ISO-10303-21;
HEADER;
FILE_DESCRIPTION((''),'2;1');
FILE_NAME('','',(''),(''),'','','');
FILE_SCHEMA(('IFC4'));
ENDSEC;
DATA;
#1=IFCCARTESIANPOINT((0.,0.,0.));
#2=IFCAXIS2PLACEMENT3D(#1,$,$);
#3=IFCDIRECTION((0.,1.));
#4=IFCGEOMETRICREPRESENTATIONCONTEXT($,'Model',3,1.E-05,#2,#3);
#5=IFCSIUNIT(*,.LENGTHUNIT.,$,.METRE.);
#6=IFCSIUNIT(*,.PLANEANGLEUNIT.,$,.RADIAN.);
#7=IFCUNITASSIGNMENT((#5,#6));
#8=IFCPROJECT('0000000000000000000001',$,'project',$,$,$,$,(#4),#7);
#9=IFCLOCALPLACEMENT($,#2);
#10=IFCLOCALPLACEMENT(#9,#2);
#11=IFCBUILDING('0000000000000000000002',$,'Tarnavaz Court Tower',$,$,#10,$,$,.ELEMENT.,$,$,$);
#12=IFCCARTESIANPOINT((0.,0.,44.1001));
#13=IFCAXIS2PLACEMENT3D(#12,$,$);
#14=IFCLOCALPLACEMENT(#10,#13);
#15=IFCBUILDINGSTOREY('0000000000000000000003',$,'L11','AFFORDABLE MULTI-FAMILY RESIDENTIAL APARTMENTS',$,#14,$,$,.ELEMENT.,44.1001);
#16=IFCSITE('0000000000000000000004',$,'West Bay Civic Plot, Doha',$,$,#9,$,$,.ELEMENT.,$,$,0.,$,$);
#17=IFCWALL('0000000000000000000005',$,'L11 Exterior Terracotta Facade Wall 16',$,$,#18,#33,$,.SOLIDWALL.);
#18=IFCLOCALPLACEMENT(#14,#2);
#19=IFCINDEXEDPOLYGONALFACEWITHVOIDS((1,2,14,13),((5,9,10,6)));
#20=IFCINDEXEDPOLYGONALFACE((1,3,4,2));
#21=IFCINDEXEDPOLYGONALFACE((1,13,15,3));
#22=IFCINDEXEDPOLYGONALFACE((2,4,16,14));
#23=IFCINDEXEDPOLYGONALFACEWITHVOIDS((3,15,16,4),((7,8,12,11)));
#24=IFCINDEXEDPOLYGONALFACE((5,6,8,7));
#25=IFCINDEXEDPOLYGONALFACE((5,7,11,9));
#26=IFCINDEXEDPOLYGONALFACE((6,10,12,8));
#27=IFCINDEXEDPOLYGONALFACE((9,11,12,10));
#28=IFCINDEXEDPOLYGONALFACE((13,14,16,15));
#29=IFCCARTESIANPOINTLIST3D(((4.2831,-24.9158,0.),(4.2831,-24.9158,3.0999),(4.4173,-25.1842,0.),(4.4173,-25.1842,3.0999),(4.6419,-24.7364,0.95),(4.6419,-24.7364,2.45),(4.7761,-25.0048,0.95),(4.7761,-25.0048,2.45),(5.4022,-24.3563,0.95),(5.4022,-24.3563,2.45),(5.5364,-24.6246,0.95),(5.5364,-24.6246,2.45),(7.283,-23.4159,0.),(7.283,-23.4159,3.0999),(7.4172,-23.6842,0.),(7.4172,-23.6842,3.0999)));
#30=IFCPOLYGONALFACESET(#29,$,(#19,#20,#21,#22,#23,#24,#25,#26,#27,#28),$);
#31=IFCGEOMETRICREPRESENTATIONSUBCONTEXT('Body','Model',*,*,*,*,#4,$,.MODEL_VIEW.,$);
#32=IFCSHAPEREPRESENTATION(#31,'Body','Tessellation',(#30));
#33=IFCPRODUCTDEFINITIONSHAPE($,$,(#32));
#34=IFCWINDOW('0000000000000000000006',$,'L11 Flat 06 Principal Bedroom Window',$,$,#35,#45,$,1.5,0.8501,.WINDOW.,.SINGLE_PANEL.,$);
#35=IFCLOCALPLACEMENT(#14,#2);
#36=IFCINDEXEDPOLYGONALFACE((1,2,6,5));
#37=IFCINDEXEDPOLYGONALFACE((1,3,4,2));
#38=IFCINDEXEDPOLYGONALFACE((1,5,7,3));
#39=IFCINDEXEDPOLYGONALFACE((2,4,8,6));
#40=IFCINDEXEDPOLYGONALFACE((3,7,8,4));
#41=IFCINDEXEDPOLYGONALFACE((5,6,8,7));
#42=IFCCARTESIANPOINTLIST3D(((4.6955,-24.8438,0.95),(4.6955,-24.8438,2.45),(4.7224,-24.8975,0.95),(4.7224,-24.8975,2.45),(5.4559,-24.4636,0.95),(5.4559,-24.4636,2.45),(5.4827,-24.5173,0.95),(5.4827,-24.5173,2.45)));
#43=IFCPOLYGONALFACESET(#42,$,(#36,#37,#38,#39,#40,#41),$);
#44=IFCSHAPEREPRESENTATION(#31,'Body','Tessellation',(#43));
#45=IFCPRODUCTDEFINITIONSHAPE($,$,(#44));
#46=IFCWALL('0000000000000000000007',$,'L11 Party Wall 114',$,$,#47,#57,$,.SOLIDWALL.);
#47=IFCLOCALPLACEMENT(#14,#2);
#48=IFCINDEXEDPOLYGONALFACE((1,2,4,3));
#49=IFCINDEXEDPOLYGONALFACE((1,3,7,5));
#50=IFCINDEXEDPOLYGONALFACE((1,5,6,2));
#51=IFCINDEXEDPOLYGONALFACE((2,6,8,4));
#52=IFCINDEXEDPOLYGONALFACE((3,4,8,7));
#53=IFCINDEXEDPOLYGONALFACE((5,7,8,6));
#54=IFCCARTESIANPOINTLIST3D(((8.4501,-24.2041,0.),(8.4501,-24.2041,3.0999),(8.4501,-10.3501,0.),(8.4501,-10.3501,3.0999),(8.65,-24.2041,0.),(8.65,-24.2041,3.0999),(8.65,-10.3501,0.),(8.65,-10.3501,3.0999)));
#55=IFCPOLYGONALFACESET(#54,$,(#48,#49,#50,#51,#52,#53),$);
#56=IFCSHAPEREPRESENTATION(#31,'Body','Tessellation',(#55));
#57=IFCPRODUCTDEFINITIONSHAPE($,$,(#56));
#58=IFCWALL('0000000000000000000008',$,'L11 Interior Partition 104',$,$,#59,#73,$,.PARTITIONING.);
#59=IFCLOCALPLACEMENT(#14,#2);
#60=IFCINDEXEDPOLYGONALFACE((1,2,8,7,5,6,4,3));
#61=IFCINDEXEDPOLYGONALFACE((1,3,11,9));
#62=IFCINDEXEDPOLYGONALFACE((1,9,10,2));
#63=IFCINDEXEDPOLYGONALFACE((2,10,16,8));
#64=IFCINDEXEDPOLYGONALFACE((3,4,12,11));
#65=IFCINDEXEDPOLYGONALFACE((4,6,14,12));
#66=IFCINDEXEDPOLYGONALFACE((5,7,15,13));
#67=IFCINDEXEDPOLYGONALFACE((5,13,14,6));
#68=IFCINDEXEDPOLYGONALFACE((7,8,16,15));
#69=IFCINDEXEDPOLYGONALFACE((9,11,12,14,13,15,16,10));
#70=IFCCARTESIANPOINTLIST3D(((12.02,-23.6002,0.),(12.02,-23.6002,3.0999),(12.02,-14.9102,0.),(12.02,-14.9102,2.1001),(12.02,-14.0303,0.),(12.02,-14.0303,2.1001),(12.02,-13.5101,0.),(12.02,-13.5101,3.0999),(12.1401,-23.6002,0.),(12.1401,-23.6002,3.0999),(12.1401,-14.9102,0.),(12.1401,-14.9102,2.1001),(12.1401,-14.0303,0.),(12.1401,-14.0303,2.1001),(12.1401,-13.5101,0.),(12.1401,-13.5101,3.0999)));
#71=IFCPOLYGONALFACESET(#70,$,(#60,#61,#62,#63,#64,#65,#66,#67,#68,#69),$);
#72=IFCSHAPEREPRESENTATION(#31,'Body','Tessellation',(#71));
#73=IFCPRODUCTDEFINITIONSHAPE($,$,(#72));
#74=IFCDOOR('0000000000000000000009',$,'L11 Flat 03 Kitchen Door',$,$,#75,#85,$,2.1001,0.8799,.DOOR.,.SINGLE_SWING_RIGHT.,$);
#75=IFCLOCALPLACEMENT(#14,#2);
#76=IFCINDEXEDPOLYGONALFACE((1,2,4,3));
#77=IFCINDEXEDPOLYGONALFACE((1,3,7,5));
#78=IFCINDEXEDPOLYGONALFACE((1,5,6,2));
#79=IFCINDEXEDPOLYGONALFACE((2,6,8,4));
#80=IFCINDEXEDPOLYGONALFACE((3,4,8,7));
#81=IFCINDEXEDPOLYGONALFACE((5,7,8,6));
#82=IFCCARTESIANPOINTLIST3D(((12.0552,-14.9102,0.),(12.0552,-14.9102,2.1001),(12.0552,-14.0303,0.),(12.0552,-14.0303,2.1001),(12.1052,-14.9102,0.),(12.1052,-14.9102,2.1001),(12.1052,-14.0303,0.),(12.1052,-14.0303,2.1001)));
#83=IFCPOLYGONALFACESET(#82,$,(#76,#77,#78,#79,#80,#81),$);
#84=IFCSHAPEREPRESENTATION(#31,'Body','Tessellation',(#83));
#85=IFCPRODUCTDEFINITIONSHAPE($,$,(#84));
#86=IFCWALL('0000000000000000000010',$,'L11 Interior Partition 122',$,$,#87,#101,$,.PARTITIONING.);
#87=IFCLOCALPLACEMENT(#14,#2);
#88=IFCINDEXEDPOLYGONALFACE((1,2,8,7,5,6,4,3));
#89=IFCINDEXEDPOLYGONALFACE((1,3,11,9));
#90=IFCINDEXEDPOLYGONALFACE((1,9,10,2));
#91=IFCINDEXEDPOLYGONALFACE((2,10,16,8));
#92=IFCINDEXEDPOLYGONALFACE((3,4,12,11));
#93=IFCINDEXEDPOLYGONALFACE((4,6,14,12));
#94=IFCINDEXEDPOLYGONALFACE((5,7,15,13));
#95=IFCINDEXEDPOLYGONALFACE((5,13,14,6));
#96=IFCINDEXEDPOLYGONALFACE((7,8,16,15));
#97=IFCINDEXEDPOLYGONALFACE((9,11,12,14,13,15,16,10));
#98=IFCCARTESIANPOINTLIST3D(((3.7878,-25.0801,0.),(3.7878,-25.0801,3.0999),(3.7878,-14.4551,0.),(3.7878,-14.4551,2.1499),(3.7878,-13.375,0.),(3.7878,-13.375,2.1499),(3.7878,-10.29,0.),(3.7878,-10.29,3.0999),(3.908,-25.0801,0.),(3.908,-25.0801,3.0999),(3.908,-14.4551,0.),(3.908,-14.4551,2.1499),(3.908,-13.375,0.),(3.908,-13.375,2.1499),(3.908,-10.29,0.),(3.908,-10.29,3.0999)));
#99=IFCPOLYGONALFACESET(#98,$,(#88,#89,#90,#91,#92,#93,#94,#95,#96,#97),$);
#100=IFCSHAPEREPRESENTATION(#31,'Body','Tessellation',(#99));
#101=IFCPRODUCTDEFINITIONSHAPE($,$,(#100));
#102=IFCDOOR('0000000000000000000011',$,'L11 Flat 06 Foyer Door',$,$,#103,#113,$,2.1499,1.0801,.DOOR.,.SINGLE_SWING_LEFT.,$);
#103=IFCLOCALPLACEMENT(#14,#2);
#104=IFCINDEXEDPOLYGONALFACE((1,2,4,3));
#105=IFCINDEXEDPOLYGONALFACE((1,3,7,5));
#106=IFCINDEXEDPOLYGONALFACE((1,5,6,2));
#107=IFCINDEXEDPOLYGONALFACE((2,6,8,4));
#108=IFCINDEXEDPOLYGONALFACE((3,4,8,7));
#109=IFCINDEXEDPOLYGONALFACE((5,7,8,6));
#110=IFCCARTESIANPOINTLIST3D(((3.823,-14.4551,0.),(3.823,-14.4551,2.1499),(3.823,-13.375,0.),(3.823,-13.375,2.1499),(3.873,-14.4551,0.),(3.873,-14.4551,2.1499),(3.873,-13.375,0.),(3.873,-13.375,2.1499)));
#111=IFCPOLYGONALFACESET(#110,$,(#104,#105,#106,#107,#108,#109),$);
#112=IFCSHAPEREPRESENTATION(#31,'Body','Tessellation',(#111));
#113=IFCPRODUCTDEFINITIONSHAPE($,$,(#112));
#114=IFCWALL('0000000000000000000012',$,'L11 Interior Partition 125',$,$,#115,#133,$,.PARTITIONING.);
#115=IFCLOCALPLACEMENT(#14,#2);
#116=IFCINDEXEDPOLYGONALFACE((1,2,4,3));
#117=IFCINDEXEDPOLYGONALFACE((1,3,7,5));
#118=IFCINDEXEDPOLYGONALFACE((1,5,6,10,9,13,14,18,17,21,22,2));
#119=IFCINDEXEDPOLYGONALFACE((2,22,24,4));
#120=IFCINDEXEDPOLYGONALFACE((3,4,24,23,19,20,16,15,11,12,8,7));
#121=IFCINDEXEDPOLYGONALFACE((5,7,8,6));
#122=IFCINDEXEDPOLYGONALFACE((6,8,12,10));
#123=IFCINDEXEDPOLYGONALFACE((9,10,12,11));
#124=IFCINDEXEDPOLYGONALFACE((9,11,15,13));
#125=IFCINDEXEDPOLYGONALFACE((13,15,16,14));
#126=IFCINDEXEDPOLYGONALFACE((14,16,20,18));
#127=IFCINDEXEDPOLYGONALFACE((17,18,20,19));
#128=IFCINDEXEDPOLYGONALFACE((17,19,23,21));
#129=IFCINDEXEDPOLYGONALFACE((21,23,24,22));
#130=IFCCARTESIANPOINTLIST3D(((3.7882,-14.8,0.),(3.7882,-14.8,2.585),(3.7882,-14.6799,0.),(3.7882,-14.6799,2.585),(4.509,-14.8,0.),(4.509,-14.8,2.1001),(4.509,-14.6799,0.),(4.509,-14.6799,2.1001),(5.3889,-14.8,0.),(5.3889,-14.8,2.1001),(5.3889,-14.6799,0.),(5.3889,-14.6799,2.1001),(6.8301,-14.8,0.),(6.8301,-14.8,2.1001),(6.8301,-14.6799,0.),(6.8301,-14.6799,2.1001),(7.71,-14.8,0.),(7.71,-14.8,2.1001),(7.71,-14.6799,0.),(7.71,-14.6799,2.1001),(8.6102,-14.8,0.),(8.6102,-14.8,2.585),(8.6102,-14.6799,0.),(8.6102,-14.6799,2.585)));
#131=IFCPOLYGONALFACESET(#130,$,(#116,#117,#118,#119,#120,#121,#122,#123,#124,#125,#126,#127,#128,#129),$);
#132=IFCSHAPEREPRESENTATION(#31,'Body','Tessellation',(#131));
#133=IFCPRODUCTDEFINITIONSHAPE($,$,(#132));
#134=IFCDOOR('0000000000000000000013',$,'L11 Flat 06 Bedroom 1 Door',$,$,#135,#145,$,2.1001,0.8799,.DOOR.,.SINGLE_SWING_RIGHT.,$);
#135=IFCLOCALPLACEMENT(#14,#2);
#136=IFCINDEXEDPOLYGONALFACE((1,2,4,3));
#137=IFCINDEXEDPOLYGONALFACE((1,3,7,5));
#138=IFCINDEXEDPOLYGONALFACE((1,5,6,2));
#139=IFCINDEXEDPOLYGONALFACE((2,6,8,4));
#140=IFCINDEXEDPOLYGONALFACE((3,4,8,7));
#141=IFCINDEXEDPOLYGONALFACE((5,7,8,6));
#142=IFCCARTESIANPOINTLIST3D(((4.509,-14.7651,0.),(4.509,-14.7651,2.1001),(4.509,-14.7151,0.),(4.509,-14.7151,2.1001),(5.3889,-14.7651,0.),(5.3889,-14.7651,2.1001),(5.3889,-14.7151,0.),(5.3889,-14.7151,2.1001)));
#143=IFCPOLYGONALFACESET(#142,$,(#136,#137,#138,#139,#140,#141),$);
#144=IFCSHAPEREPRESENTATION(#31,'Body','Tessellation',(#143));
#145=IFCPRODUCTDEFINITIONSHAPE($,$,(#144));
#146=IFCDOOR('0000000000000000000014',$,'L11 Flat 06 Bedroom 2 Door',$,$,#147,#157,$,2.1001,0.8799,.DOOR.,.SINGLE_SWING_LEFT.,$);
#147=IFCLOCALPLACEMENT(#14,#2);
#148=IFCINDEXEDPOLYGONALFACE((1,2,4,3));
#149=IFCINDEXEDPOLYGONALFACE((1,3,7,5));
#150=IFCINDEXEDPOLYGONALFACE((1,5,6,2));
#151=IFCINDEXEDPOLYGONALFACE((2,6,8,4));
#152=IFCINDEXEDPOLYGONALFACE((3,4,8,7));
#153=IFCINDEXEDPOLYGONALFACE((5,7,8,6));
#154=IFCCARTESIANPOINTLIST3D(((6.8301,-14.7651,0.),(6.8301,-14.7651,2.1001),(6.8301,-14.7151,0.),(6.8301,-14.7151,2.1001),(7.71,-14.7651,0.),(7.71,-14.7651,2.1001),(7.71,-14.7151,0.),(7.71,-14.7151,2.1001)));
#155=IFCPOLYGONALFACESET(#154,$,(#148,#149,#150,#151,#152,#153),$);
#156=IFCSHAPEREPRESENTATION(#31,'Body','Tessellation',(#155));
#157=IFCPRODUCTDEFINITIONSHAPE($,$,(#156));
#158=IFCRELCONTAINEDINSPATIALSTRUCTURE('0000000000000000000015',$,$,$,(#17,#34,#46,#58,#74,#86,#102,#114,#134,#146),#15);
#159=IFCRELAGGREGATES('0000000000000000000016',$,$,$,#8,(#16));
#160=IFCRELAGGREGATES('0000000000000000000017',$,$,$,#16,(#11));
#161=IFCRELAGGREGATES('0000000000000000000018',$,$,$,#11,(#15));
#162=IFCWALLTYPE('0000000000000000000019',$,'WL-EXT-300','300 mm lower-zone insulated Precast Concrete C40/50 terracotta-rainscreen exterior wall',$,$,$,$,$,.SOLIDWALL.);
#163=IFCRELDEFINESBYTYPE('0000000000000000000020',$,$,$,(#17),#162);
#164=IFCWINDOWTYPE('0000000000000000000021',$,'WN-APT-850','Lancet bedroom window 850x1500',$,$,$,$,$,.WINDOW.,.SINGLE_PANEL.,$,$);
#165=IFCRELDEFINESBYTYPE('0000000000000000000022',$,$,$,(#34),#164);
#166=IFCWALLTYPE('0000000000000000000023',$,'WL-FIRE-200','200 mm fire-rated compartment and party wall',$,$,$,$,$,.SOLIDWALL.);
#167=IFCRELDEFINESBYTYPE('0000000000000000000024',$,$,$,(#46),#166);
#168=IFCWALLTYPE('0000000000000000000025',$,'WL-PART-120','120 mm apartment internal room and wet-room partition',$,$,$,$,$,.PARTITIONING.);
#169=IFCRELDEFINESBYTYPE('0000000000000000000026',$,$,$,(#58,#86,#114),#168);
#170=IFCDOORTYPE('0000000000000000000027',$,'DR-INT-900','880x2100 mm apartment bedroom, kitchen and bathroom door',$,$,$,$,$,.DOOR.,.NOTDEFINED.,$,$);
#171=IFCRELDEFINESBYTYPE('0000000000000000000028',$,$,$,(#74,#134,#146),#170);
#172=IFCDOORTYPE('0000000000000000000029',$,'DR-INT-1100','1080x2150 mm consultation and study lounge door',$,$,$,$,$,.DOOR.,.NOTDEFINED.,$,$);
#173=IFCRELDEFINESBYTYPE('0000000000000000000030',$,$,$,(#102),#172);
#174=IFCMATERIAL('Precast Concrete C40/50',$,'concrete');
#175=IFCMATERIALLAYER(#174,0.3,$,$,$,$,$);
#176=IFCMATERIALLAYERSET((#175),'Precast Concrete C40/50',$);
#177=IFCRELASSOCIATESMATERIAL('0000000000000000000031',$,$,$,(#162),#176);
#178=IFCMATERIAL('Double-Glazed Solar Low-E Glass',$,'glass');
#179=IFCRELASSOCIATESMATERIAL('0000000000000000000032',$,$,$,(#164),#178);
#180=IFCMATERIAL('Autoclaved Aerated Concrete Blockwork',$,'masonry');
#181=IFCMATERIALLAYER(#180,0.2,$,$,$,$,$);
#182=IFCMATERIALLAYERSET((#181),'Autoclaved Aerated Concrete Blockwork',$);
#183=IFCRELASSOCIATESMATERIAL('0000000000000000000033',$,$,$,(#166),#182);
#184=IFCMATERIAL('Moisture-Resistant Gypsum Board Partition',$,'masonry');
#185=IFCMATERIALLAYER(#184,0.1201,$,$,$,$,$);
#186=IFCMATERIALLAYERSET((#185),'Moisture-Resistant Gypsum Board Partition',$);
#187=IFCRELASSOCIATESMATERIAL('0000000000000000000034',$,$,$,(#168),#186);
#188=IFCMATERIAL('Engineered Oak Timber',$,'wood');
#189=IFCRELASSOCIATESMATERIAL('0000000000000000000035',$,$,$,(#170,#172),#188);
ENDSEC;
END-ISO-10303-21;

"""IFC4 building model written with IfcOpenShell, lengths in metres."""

from ifc_helpers import new_model, si_unit, direction, frame, frame_2d, origin, place, context, subcontext, project, spatial, rectangle, extrude, material, layer, layer_set, type_object, element, fill, save


model = new_model("IFC4")

# Units and contexts
model_context = context("Model", 3, precision=1e-05, world=origin(), true_north=direction((0.0, 1.0)))
body_context = subcontext(model_context, "Body", "Model", "MODEL_VIEW")
ifc_project = project(units=[si_unit("LENGTHUNIT", "METRE"), si_unit("PLANEANGLEUNIT", "RADIAN")], contexts=[model_context])

# Site, building, storey
site_placement = place(None, origin())
site = spatial("IfcSite", under=ifc_project, at=site_placement, Name="West Bay Civic Plot, Doha", CompositionType="ELEMENT", RefElevation=0.0)
building_placement = place(site_placement, origin())
building = spatial("IfcBuilding", under=site, at=building_placement, Name="Tarnavaz Court Tower", CompositionType="ELEMENT")
storey_placement = place(building_placement, frame((0.0, 0.0, 44.1001)))
storey = spatial("IfcBuildingStorey", under=building, at=storey_placement, Name="L11", Description="AFFORDABLE MULTI-FAMILY RESIDENTIAL APARTMENTS", CompositionType="ELEMENT", Elevation=44.1001)

# Shared definitions
ifc_material_1 = material(Name="Double-Glazed Solar Low-E Glass", Category="glass")

# Wall, opening, window
ifc_material_2 = material(Name="Precast Concrete C40/50", Category="concrete")
ifc_layer_1 = layer(ifc_material_2, 0.3)
ifc_layer_set_1 = layer_set([ifc_layer_1], Name="Precast Concrete C40/50")
wall_type_1 = type_object("IfcWallType", Name="WL-EXT-300", Description="300 mm lower-zone insulated Precast Concrete C40/50 terracotta-rainscreen exterior wall", PredefinedType="SOLIDWALL", material=ifc_layer_set_1)
wall_1_placement = place(storey_placement, frame((7.3501, -23.55, 0.0), z_axis=(0.0, 0.0, 1.0), x_axis=(-0.894427, -0.447214, 0.0)))
wall_1 = element("IfcWall", 1, at=wall_1_placement, inside=storey, type_object=wall_type_1, Name="L11 Exterior Terracotta Facade Wall 16", PredefinedType="SOLIDWALL", context=body_context, shape_type="SweptSolid", body=[
    extrude(rectangle(XDim=3.354, YDim=0.3, at=frame_2d((1.677, 0.0))), origin(), (0.0, 0.0, 1.0), 3.0999),
])
opening_1_placement = place(wall_1_placement, frame((2.1028, 0.0, 0.95)))
opening_1 = element("IfcOpeningElement", 2, at=opening_1_placement, cuts=wall_1, PredefinedType="OPENING", context=body_context, shape_type="SweptSolid", body=[
    extrude(rectangle(XDim=0.8501, YDim=1.5, at=frame_2d((0.425, 0.75))), frame((0.0, 0.1599, 0.0), z_axis=(0.0, -1.0, 0.0), x_axis=(1.0, 0.0, 0.0)), (0.0, 0.0, 1.0), 0.3201),
])
window_type = type_object("IfcWindowType", Name="WN-APT-850", Description="Lancet bedroom window 850x1500", PartitioningType="SINGLE_PANEL", PredefinedType="WINDOW", material=ifc_material_1)
window_placement = place(opening_1_placement, origin())
window = element("IfcWindow", 3, at=window_placement, inside=storey, type_object=window_type, Name="L11 Flat 06 Principal Bedroom Window", OverallHeight=1.5, OverallWidth=0.8501, PartitioningType="SINGLE_PANEL", PredefinedType="WINDOW", context=body_context, shape_type="SweptSolid", body=[
    extrude(rectangle(XDim=0.8501, YDim=1.5, at=frame_2d((0.425, 0.75))), frame((0.0, 0.03, 0.0), z_axis=(0.0, -1.0, 0.0), x_axis=(1.0, 0.0, 0.0)), (0.0, 0.0, 1.0), 0.0601),
])
fill(opening_1, window)

# Wall
ifc_material_3 = material(Name="Autoclaved Aerated Concrete Blockwork", Category="masonry")
ifc_layer_2 = layer(ifc_material_3, 0.2)
ifc_layer_set_2 = layer_set([ifc_layer_2], Name="Autoclaved Aerated Concrete Blockwork")
wall_type_2 = type_object("IfcWallType", Name="WL-FIRE-200", Description="200 mm fire-rated compartment and party wall", PredefinedType="SOLIDWALL", material=ifc_layer_set_2)
wall_2_placement = place(storey_placement, frame((8.55, -24.2041, 0.0), z_axis=(0.0, 0.0, 1.0), x_axis=(0.0, 1.0, 0.0)))
element("IfcWall", 4, at=wall_2_placement, inside=storey, type_object=wall_type_2, Name="L11 Party Wall 114", PredefinedType="SOLIDWALL", context=body_context, shape_type="SweptSolid", body=[
    extrude(rectangle(XDim=13.854, YDim=0.2, at=frame_2d((6.927, 0.0))), origin(), (0.0, 0.0, 1.0), 3.0999),
])

# Walls, openings, doors
ifc_material_4 = material(Name="Moisture-Resistant Gypsum Board Partition", Category="masonry")
ifc_layer_3 = layer(ifc_material_4, 0.1201)
ifc_layer_set_3 = layer_set([ifc_layer_3], Name="Moisture-Resistant Gypsum Board Partition")
wall_type_3 = type_object("IfcWallType", Name="WL-PART-120", Description="120 mm apartment internal room and wet-room partition", PredefinedType="PARTITIONING", material=ifc_layer_set_3)
wall_3_placement = place(storey_placement, frame((12.0801, -23.6001, 0.0), z_axis=(0.0, 0.0, 1.0), x_axis=(0.0, 1.0, 0.0)))
wall_3 = element("IfcWall", 5, at=wall_3_placement, inside=storey, type_object=wall_type_3, Name="L11 Interior Partition 104", PredefinedType="PARTITIONING", context=body_context, shape_type="SweptSolid", body=[
    extrude(rectangle(XDim=10.0901, YDim=0.1201, at=frame_2d((5.0449, 0.0))), origin(), (0.0, 0.0, 1.0), 3.0999),
])
opening_2_placement = place(wall_3_placement, frame((8.6899, 0.0, 0.0)))
opening_2 = element("IfcOpeningElement", 6, at=opening_2_placement, cuts=wall_3, PredefinedType="OPENING", context=body_context, shape_type="SweptSolid", body=[
    extrude(rectangle(XDim=0.8799, YDim=2.1001, at=frame_2d((0.4399, 1.05))), frame((0.0, 0.0701, 0.0), z_axis=(0.0, -1.0, 0.0), x_axis=(1.0, 0.0, 0.0)), (0.0, 0.0, 1.0), 0.1401),
])
ifc_material_5 = material(Name="Engineered Oak Timber", Category="wood")
door_type_1 = type_object("IfcDoorType", Name="DR-INT-900", Description="880x2100 mm apartment bedroom, kitchen and bathroom door", OperationType="NOTDEFINED", PredefinedType="DOOR", material=ifc_material_5)
door_1_placement = place(opening_2_placement, origin())
door_1 = element("IfcDoor", 7, at=door_1_placement, inside=storey, type_object=door_type_1, Name="L11 Flat 03 Kitchen Door", OperationType="SINGLE_SWING_RIGHT", OverallHeight=2.1001, OverallWidth=0.8799, PredefinedType="DOOR", context=body_context, shape_type="SweptSolid", body=[
    extrude(rectangle(XDim=0.8799, YDim=2.1001, at=frame_2d((0.4399, 1.05))), frame((0.0, 0.0249, 0.0), z_axis=(0.0, -1.0, 0.0), x_axis=(1.0, 0.0, 0.0)), (0.0, 0.0, 1.0), 0.05),
])
fill(opening_2, door_1)
wall_4_placement = place(storey_placement, frame((3.8479, -25.0801, 0.0), z_axis=(0.0, 0.0, 1.0), x_axis=(0.0, 1.0, 0.0)))
wall_4 = element("IfcWall", 8, at=wall_4_placement, inside=storey, type_object=wall_type_3, Name="L11 Interior Partition 122", PredefinedType="PARTITIONING", context=body_context, shape_type="SweptSolid", body=[
    extrude(rectangle(XDim=14.79, YDim=0.1201, at=frame_2d((7.395, 0.0))), origin(), (0.0, 0.0, 1.0), 3.0999),
])
opening_3_placement = place(wall_4_placement, frame((10.625, 0.0, 0.0)))
opening_3 = element("IfcOpeningElement", 9, at=opening_3_placement, cuts=wall_4, PredefinedType="OPENING", context=body_context, shape_type="SweptSolid", body=[
    extrude(rectangle(XDim=1.0801, YDim=2.1499, at=frame_2d((0.54, 1.075))), frame((0.0, 0.0701, 0.0), z_axis=(0.0, -1.0, 0.0), x_axis=(1.0, 0.0, 0.0)), (0.0, 0.0, 1.0), 0.1401),
])
door_type_2 = type_object("IfcDoorType", Name="DR-INT-1100", Description="1080x2150 mm consultation and study lounge door", OperationType="NOTDEFINED", PredefinedType="DOOR", material=ifc_material_5)
door_2_placement = place(opening_3_placement, origin())
door_2 = element("IfcDoor", 10, at=door_2_placement, inside=storey, type_object=door_type_2, Name="L11 Flat 06 Foyer Door", OperationType="SINGLE_SWING_LEFT", OverallHeight=2.1499, OverallWidth=1.0801, PredefinedType="DOOR", context=body_context, shape_type="SweptSolid", body=[
    extrude(rectangle(XDim=1.0801, YDim=2.1499, at=frame_2d((0.54, 1.075))), frame((0.0, 0.0249, 0.0), z_axis=(0.0, -1.0, 0.0), x_axis=(1.0, 0.0, 0.0)), (0.0, 0.0, 1.0), 0.05),
])
fill(opening_3, door_2)

# Wall, openings, doors
wall_5_placement = place(storey_placement, frame((3.7881, -14.74, 0.0), z_axis=(0.0, 0.0, 1.0), x_axis=(1.0, 0.0, 0.0)))
wall_5 = element("IfcWall", 11, at=wall_5_placement, inside=storey, type_object=wall_type_3, Name="L11 Interior Partition 125", PredefinedType="PARTITIONING", context=body_context, shape_type="SweptSolid", body=[
    extrude(rectangle(XDim=4.822, YDim=0.1201, at=frame_2d((2.4111, 0.0))), origin(), (0.0, 0.0, 1.0), 2.585),
])
opening_4_placement = place(wall_5_placement, frame((0.7209, 0.0, 0.0)))
opening_4 = element("IfcOpeningElement", 12, at=opening_4_placement, cuts=wall_5, PredefinedType="OPENING", context=body_context, shape_type="SweptSolid", body=[
    extrude(rectangle(XDim=0.8799, YDim=2.1001, at=frame_2d((0.4399, 1.05))), frame((0.0, 0.0701, 0.0), z_axis=(0.0, -1.0, 0.0), x_axis=(1.0, 0.0, 0.0)), (0.0, 0.0, 1.0), 0.1401),
])
opening_5_placement = place(wall_5_placement, frame((3.042, 0.0, 0.0)))
opening_5 = element("IfcOpeningElement", 13, at=opening_5_placement, cuts=wall_5, PredefinedType="OPENING", context=body_context, shape_type="SweptSolid", body=[
    extrude(rectangle(XDim=0.8799, YDim=2.1001, at=frame_2d((0.4399, 1.05))), frame((0.0, 0.0701, 0.0), z_axis=(0.0, -1.0, 0.0), x_axis=(1.0, 0.0, 0.0)), (0.0, 0.0, 1.0), 0.1401),
])
door_3_placement = place(opening_4_placement, origin())
door_3 = element("IfcDoor", 14, at=door_3_placement, inside=storey, type_object=door_type_1, Name="L11 Flat 06 Bedroom 1 Door", OperationType="SINGLE_SWING_RIGHT", OverallHeight=2.1001, OverallWidth=0.8799, PredefinedType="DOOR", context=body_context, shape_type="SweptSolid", body=[
    extrude(rectangle(XDim=0.8799, YDim=2.1001, at=frame_2d((0.4399, 1.05))), frame((0.0, 0.0249, 0.0), z_axis=(0.0, -1.0, 0.0), x_axis=(1.0, 0.0, 0.0)), (0.0, 0.0, 1.0), 0.05),
])
fill(opening_4, door_3)
door_4_placement = place(opening_5_placement, origin())
door_4 = element("IfcDoor", 15, at=door_4_placement, inside=storey, type_object=door_type_1, Name="L11 Flat 06 Bedroom 2 Door", OperationType="SINGLE_SWING_LEFT", OverallHeight=2.1001, OverallWidth=0.8799, PredefinedType="DOOR", context=body_context, shape_type="SweptSolid", body=[
    extrude(rectangle(XDim=0.8799, YDim=2.1001, at=frame_2d((0.4399, 1.05))), frame((0.0, 0.0249, 0.0), z_axis=(0.0, -1.0, 0.0), x_axis=(1.0, 0.0, 0.0)), (0.0, 0.0, 1.0), 0.05),
])
fill(opening_5, door_4)

save(model, "model.ifc")
